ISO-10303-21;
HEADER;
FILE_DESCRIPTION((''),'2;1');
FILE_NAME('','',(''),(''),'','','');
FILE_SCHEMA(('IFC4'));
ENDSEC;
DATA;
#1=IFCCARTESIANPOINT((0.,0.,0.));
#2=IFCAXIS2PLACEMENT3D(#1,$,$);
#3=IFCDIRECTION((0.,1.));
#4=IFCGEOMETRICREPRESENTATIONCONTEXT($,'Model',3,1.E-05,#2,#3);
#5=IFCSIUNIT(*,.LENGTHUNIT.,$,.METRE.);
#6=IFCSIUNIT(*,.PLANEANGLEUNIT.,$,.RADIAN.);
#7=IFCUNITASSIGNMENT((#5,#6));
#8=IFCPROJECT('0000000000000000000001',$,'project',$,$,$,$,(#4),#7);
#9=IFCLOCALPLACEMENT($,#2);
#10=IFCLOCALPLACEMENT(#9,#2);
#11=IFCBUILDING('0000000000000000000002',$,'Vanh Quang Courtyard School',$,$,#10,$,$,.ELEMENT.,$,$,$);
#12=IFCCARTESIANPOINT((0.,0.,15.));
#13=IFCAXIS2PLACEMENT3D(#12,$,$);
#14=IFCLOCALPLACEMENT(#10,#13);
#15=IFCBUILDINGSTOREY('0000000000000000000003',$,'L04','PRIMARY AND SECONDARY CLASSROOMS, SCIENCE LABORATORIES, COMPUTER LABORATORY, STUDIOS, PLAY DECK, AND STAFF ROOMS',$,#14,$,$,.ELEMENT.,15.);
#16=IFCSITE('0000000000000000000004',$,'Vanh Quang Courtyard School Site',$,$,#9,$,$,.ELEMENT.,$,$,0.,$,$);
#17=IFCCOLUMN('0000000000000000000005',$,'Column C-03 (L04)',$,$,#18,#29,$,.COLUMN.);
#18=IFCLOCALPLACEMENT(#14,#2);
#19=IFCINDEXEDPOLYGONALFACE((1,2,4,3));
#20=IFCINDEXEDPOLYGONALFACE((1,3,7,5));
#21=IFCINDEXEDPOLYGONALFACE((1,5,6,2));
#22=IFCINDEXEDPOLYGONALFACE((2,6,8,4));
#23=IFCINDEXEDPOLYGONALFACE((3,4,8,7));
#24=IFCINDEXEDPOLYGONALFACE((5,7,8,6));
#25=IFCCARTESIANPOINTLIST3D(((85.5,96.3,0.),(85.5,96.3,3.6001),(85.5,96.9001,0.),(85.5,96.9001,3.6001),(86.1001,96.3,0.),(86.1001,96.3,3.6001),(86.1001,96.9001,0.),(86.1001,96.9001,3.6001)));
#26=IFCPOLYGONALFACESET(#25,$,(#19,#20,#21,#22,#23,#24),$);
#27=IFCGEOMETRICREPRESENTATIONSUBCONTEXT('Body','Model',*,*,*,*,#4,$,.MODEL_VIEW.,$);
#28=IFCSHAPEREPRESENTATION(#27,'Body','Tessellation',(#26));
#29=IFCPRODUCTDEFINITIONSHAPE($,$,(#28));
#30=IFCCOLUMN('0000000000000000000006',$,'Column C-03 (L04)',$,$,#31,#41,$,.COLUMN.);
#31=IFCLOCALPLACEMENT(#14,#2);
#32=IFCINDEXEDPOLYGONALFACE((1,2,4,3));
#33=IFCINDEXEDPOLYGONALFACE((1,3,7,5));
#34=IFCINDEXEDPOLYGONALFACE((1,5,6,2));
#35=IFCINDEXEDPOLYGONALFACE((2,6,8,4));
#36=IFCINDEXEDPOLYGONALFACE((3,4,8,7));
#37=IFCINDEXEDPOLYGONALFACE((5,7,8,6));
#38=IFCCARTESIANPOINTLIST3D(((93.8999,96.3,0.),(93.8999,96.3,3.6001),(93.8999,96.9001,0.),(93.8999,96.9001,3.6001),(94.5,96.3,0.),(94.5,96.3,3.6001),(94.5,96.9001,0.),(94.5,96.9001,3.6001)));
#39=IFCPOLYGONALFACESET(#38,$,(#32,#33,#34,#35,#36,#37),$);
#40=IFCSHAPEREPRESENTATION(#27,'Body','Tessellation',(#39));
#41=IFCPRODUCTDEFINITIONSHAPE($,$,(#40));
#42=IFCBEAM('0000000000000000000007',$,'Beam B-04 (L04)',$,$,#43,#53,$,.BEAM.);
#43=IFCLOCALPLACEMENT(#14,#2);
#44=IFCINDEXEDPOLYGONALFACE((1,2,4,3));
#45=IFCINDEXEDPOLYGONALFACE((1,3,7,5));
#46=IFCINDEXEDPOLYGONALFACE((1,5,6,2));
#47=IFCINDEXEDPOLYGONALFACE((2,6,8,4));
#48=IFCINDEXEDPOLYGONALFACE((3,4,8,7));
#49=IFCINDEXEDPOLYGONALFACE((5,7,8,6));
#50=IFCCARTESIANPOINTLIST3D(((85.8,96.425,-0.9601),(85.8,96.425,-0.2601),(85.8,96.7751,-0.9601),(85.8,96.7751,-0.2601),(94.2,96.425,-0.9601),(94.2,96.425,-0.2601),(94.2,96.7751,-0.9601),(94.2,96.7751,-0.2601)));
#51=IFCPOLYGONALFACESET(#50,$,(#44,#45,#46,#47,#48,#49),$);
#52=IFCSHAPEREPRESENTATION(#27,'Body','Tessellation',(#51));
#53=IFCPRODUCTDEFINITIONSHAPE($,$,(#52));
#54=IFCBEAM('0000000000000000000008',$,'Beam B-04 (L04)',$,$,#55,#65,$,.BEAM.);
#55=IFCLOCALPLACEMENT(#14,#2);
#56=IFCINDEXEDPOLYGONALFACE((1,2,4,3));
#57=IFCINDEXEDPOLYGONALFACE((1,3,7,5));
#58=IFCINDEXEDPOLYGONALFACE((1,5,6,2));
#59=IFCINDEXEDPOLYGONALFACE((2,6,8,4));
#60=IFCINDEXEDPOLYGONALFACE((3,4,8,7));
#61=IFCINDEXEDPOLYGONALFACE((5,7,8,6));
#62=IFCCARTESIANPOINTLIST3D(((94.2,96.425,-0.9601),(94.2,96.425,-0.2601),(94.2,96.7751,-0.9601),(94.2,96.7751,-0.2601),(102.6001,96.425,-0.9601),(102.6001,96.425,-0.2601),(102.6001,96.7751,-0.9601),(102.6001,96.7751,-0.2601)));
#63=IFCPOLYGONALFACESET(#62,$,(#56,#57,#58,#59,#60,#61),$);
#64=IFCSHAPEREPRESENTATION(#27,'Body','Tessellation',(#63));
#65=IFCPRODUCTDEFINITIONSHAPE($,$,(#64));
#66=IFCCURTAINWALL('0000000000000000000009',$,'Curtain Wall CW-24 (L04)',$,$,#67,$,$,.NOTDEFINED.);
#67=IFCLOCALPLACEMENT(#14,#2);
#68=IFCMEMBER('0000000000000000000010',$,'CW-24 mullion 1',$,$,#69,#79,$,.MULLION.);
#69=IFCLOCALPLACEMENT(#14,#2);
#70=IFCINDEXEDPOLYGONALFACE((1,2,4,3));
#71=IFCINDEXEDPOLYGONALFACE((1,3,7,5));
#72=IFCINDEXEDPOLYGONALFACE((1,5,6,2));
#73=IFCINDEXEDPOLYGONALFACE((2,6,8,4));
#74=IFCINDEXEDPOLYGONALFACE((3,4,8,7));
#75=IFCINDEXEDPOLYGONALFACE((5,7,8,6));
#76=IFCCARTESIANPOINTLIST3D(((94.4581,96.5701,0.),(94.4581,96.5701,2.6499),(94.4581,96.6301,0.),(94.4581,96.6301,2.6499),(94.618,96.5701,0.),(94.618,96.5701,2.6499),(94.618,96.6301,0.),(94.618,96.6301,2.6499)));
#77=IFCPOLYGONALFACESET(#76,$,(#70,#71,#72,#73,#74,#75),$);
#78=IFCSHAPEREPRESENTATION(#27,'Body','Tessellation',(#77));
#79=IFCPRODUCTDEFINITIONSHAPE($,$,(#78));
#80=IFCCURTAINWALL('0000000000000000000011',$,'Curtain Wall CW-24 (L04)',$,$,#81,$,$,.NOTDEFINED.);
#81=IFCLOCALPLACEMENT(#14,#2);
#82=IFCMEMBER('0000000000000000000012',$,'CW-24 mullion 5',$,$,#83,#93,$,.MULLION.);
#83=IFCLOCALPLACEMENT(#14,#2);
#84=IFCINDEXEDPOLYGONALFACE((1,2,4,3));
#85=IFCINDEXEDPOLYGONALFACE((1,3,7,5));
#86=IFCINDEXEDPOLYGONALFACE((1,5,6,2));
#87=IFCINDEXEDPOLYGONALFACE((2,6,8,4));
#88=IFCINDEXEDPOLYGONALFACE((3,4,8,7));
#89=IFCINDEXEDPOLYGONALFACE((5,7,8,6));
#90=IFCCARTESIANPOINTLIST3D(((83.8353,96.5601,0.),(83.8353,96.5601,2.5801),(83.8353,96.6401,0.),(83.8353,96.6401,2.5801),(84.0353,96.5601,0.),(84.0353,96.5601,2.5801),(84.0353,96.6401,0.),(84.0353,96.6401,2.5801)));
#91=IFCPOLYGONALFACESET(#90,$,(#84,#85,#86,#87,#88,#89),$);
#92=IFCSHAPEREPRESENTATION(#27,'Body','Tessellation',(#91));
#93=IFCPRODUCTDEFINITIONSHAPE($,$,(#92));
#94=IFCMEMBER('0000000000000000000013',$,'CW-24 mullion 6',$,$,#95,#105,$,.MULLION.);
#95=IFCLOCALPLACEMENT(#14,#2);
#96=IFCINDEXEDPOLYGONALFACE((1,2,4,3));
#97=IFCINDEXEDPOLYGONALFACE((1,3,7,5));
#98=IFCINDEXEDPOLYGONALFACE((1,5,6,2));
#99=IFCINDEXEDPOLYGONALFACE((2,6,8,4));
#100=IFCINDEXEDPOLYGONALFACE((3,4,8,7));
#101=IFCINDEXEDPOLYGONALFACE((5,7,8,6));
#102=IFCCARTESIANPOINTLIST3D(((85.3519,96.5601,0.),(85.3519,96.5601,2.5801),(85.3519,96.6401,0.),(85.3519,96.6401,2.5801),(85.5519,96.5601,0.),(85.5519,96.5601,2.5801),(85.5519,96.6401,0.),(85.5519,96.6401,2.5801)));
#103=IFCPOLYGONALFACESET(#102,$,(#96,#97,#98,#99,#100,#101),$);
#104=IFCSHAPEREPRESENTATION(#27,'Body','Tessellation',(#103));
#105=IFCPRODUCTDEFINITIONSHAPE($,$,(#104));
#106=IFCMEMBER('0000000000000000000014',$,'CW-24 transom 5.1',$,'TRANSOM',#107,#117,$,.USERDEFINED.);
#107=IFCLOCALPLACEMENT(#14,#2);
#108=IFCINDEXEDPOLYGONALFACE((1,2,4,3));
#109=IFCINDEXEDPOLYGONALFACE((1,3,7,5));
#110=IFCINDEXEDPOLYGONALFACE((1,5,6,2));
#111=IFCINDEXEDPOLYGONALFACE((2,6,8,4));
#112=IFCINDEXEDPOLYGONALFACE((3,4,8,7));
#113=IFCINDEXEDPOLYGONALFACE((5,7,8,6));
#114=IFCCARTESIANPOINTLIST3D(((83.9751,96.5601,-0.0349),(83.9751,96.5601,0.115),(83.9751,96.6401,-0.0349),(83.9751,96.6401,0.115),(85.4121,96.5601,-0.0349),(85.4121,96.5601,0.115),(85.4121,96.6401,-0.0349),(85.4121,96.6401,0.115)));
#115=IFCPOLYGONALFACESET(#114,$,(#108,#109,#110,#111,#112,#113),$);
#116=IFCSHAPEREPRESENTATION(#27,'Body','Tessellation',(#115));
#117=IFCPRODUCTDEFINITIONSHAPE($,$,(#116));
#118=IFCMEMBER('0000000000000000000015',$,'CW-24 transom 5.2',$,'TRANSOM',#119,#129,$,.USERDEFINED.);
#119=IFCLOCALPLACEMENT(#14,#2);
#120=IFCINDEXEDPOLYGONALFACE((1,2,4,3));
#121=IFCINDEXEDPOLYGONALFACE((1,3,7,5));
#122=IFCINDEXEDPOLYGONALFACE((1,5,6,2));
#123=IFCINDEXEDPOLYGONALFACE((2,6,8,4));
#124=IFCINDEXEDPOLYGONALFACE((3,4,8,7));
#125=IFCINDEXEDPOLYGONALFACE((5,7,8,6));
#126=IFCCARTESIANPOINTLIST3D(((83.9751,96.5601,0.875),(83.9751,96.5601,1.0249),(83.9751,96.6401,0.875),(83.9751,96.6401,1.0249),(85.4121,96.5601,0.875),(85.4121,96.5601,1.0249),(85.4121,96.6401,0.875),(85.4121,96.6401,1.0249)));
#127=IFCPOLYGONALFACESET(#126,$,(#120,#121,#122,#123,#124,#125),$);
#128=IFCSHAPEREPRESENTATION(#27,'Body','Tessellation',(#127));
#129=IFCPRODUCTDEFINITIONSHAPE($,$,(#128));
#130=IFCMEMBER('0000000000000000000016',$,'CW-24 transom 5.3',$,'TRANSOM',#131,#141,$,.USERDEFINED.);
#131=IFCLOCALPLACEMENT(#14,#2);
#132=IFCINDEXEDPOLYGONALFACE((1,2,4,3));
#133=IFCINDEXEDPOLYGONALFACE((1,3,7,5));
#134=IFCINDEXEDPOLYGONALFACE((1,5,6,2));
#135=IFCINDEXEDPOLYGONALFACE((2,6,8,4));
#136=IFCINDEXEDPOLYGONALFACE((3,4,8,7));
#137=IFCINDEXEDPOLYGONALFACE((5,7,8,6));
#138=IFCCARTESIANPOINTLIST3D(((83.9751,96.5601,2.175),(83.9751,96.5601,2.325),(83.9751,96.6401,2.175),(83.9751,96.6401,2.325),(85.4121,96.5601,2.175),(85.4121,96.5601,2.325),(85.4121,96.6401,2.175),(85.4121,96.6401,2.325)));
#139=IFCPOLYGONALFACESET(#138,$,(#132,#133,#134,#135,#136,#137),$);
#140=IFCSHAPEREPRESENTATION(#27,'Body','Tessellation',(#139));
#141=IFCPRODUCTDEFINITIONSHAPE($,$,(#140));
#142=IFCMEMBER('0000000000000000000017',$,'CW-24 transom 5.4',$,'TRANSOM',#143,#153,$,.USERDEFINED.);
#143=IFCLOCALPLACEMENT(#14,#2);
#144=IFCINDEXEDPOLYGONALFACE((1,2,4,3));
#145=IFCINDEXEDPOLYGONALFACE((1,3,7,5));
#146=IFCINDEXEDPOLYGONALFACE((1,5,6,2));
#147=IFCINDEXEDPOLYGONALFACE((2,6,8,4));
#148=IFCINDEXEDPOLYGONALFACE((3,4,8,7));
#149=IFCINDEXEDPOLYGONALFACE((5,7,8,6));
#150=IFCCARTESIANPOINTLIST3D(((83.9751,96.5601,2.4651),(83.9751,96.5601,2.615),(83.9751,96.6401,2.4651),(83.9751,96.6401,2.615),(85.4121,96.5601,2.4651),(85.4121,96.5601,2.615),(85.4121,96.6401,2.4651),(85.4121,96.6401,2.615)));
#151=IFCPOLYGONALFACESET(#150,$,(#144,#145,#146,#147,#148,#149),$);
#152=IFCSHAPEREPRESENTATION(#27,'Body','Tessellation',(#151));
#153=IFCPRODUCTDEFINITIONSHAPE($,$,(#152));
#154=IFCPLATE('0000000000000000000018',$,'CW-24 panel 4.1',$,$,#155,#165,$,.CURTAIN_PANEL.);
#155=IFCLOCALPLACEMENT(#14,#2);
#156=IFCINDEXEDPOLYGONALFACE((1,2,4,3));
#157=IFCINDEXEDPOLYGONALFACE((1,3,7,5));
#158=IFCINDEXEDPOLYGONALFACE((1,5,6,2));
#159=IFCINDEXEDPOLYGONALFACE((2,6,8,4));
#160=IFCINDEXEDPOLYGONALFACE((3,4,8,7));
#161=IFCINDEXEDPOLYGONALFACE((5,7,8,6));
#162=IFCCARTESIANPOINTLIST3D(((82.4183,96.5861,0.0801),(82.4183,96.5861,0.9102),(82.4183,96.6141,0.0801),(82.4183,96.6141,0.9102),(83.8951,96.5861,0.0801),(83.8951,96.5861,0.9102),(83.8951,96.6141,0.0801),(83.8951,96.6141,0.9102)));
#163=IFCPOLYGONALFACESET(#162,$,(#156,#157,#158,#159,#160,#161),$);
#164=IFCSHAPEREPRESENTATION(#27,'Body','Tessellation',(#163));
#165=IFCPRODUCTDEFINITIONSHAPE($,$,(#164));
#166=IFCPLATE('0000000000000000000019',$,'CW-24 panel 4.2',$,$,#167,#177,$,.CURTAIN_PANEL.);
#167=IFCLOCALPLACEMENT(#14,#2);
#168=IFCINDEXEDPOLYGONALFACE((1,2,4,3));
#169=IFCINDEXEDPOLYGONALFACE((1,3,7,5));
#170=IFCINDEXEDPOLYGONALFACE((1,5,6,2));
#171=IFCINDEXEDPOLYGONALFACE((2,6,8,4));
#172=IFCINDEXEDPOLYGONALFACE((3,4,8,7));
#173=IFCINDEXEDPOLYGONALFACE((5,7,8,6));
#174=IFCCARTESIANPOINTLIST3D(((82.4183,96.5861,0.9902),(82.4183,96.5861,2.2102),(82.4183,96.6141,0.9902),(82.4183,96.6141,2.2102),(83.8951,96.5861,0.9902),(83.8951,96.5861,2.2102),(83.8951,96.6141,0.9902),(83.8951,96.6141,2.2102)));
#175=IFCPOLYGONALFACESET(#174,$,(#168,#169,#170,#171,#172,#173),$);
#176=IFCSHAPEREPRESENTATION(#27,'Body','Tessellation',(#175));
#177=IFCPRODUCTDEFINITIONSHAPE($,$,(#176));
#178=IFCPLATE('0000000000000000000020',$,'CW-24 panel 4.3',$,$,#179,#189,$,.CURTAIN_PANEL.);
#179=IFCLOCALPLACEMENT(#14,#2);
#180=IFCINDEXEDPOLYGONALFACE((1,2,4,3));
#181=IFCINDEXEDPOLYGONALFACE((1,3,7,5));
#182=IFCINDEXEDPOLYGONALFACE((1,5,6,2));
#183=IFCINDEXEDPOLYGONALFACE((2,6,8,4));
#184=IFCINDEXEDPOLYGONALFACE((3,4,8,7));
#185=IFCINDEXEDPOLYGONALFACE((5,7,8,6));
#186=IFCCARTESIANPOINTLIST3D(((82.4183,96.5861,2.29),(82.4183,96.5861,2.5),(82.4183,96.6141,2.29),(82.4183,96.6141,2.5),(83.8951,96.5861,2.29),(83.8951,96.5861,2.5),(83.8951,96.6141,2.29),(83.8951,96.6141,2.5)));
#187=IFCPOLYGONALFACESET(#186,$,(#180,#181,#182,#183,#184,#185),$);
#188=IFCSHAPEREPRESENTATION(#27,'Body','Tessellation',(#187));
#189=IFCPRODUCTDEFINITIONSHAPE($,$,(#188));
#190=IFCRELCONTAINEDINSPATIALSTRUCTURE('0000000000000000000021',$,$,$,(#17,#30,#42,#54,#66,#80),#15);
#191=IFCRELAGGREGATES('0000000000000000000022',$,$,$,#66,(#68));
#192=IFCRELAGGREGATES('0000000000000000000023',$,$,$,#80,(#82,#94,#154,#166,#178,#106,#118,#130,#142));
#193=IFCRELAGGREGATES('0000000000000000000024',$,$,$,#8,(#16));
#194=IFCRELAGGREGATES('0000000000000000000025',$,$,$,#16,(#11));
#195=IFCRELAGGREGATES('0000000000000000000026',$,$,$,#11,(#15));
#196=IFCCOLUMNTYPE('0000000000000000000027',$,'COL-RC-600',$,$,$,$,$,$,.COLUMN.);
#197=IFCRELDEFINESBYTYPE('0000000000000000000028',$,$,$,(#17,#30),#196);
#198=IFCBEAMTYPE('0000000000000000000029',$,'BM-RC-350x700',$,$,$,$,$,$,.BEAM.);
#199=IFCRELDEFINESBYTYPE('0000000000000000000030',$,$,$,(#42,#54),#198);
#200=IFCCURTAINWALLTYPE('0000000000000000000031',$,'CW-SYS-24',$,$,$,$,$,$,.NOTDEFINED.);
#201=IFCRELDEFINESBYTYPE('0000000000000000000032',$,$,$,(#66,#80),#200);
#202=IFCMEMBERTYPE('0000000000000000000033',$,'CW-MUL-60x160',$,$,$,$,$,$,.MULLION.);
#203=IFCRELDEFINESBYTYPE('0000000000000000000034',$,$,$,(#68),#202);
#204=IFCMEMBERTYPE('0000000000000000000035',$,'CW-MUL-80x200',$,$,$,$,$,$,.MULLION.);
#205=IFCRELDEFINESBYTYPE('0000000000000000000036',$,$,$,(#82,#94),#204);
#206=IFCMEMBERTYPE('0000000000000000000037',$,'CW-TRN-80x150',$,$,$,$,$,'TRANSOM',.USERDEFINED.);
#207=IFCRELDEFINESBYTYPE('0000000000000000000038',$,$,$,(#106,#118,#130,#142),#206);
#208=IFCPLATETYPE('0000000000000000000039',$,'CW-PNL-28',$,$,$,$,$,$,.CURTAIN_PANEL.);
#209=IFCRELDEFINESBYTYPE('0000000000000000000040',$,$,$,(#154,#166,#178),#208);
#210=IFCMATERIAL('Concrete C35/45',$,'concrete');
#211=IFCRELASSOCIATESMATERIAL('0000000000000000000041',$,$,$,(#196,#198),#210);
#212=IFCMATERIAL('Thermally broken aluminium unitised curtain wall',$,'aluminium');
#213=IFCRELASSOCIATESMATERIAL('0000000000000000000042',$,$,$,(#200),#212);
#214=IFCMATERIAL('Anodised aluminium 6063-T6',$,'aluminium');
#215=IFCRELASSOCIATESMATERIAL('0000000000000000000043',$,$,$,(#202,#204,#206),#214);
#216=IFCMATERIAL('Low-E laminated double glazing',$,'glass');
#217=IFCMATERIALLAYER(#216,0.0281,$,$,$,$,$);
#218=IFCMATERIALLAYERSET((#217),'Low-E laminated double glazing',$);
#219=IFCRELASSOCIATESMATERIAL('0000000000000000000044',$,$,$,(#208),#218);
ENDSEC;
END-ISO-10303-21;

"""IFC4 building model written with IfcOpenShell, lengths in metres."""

from ifc_helpers import new_model, si_unit, direction, frame, origin, origin_2d, place, context, subcontext, project, spatial, rectangle, extrude, material, layer, layer_set, material_profile, profile_set, type_object, element, aggregate, save


model = new_model("IFC4")

# Units and contexts
model_context = context("Model", 3, precision=1e-05, world=origin(), true_north=direction((0.0, 1.0)))
body_context = subcontext(model_context, "Body", "Model", "MODEL_VIEW")
ifc_project = project(units=[si_unit("LENGTHUNIT", "METRE"), si_unit("PLANEANGLEUNIT", "RADIAN")], contexts=[model_context])

# Site, building, storey
site_placement = place(None, origin())
site = spatial("IfcSite", under=ifc_project, at=site_placement, Name="Vanh Quang Courtyard School Site", CompositionType="ELEMENT", RefElevation=0.0)
building_placement = place(site_placement, origin())
building = spatial("IfcBuilding", under=site, at=building_placement, Name="Vanh Quang Courtyard School", CompositionType="ELEMENT")
storey_placement = place(building_placement, frame((0.0, 0.0, 15.0)))
storey = spatial("IfcBuildingStorey", under=building, at=storey_placement, Name="L04", Description="PRIMARY AND SECONDARY CLASSROOMS, SCIENCE LABORATORIES, COMPUTER LABORATORY, STUDIOS, PLAY DECK, AND STAFF ROOMS", CompositionType="ELEMENT", Elevation=15.0)

# Columns
ifc_material_1 = material(Name="Concrete C35/45", Category="concrete")
ifc_material_profile_1 = material_profile(ifc_material_1, rectangle(XDim=0.6001, YDim=0.6001, at=origin_2d()), Name="RC-COL 600x600")
ifc_profile_set_1 = profile_set([ifc_material_profile_1], Name="Concrete C35/45")
column_type = type_object("IfcColumnType", Name="COL-RC-600", PredefinedType="COLUMN", material=ifc_profile_set_1)
for number, where, z_axis, x_axis, name in (
    (1, (85.8, 96.6001, 0.0), (0.0, 0.0, 1.0), (1.0, 0.0, 0.0), "Column C-03 (L04)"),
    (2, (94.2, 96.6001, 0.0), (0.0, 0.0, 1.0), (1.0, 0.0, 0.0), "Column C-03 (L04)"),
):
    element("IfcColumn", number, at=place(storey_placement, frame(where, z_axis=z_axis, x_axis=x_axis)), inside=storey, type_object=column_type, Name=name, PredefinedType="COLUMN", context=body_context, shape_type="SweptSolid", body=[
        extrude(rectangle(XDim=0.6001, YDim=0.6001, at=origin_2d()), origin(), (0.0, 0.0, 1.0), 3.6001),
    ])

# Beams
ifc_material_profile_2 = material_profile(ifc_material_1, rectangle(XDim=0.3501, YDim=0.7, at=origin_2d()), Name="RC-BM 350x700")
ifc_profile_set_2 = profile_set([ifc_material_profile_2], Name="Concrete C35/45")
beam_type = type_object("IfcBeamType", Name="BM-RC-350x700", PredefinedType="BEAM", material=ifc_profile_set_2)
beam_1_placement = place(storey_placement, frame((85.8, 96.6001, -0.6101), z_axis=(1.0, 0.0, 0.0), x_axis=(0.0, 1.0, 0.0)))
element("IfcBeam", 3, at=beam_1_placement, inside=storey, type_object=beam_type, Name="Beam B-04 (L04)", PredefinedType="BEAM", context=body_context, shape_type="SweptSolid", body=[
    extrude(rectangle(XDim=0.3501, YDim=0.7, at=origin_2d()), origin(), (0.0, 0.0, 1.0), 8.3999),
])
beam_2_placement = place(storey_placement, frame((94.2, 96.6001, -0.6101), z_axis=(1.0, 0.0, 0.0), x_axis=(0.0, 1.0, 0.0)))
element("IfcBeam", 4, at=beam_2_placement, inside=storey, type_object=beam_type, Name="Beam B-04 (L04)", PredefinedType="BEAM", context=body_context, shape_type="SweptSolid", body=[
    extrude(rectangle(XDim=0.3501, YDim=0.7, at=origin_2d()), origin(), (0.0, 0.0, 1.0), 8.4001),
])

# Curtain wall, member
ifc_material_2 = material(Name="Thermally broken aluminium unitised curtain wall", Category="aluminium")
curtain_wall_type = type_object("IfcCurtainWallType", Name="CW-SYS-24", PredefinedType="NOTDEFINED", material=ifc_material_2)
curtain_wall_1_placement = place(storey_placement, origin())
curtain_wall_1 = element("IfcCurtainWall", 5, at=curtain_wall_1_placement, inside=storey, type_object=curtain_wall_type, Name="Curtain Wall CW-24 (L04)", PredefinedType="NOTDEFINED")
ifc_material_3 = material(Name="Anodised aluminium 6063-T6", Category="aluminium")
ifc_material_profile_3 = material_profile(ifc_material_3, rectangle(XDim=0.0601, YDim=0.1599, at=origin_2d()), Name="ALU-MUL 60x160")
ifc_profile_set_3 = profile_set([ifc_material_profile_3], Name="Anodised aluminium 6063-T6")
member_type_1 = type_object("IfcMemberType", Name="CW-MUL-60x160", PredefinedType="MULLION", material=ifc_profile_set_3)
member_1_placement = place(storey_placement, frame((94.5381, 96.6001, 0.0), z_axis=(0.0, 0.0, 1.0), x_axis=(0.0, 1.0, 0.0)))
member_1 = element("IfcMember", 6, at=member_1_placement, type_object=member_type_1, Name="CW-24 mullion 1", PredefinedType="MULLION", context=body_context, shape_type="SweptSolid", body=[
    extrude(rectangle(XDim=0.0601, YDim=0.1599, at=origin_2d()), origin(), (0.0, 0.0, 1.0), 2.6499),
])
aggregate(curtain_wall_1, [member_1])

# Curtain wall, members, plates
curtain_wall_2_placement = place(storey_placement, origin())
curtain_wall_2 = element("IfcCurtainWall", 7, at=curtain_wall_2_placement, inside=storey, type_object=curtain_wall_type, Name="Curtain Wall CW-24 (L04)", PredefinedType="NOTDEFINED")
ifc_material_profile_4 = material_profile(ifc_material_3, rectangle(XDim=0.0801, YDim=0.2, at=origin_2d()), Name="ALU-MUL 80x200")
ifc_profile_set_4 = profile_set([ifc_material_profile_4], Name="Anodised aluminium 6063-T6")
member_type_2 = type_object("IfcMemberType", Name="CW-MUL-80x200", PredefinedType="MULLION", material=ifc_profile_set_4)
member_2_placement = place(storey_placement, frame((83.9353, 96.6001, 0.0), z_axis=(0.0, 0.0, 1.0), x_axis=(0.0, 1.0, 0.0)))
member_2 = element("IfcMember", 8, at=member_2_placement, type_object=member_type_2, Name="CW-24 mullion 5", PredefinedType="MULLION", context=body_context, shape_type="SweptSolid", body=[
    extrude(rectangle(XDim=0.0801, YDim=0.2, at=origin_2d()), origin(), (0.0, 0.0, 1.0), 2.5801),
])
member_3_placement = place(storey_placement, frame((85.4519, 96.6001, 0.0), z_axis=(0.0, 0.0, 1.0), x_axis=(0.0, 1.0, 0.0)))
member_3 = element("IfcMember", 9, at=member_3_placement, type_object=member_type_2, Name="CW-24 mullion 6", PredefinedType="MULLION", context=body_context, shape_type="SweptSolid", body=[
    extrude(rectangle(XDim=0.0801, YDim=0.2, at=origin_2d()), origin(), (0.0, 0.0, 1.0), 2.5801),
])
ifc_material_profile_5 = material_profile(ifc_material_3, rectangle(XDim=0.0801, YDim=0.1499, at=origin_2d()), Name="ALU-TRN 80x150")
ifc_profile_set_5 = profile_set([ifc_material_profile_5], Name="Anodised aluminium 6063-T6")
member_type_3 = type_object("IfcMemberType", Name="CW-TRN-80x150", ElementType="TRANSOM", PredefinedType="USERDEFINED", material=ifc_profile_set_5)
member_4_placement = place(storey_placement, frame((83.9751, 96.6001, 0.04), z_axis=(1.0, 0.0, 0.0), x_axis=(0.0, 1.0, 0.0)))
member_4 = element("IfcMember", 10, at=member_4_placement, type_object=member_type_3, Name="CW-24 transom 5.1", ObjectType="TRANSOM", PredefinedType="USERDEFINED", context=body_context, shape_type="SweptSolid", body=[
    extrude(rectangle(XDim=0.0801, YDim=0.1499, at=origin_2d()), origin(), (0.0, 0.0, 1.0), 1.437),
])
member_5_placement = place(storey_placement, frame((83.9751, 96.6001, 0.95), z_axis=(1.0, 0.0, 0.0), x_axis=(0.0, 1.0, 0.0)))
member_5 = element("IfcMember", 11, at=member_5_placement, type_object=member_type_3, Name="CW-24 transom 5.2", ObjectType="TRANSOM", PredefinedType="USERDEFINED", context=body_context, shape_type="SweptSolid", body=[
    extrude(rectangle(XDim=0.0801, YDim=0.1499, at=origin_2d()), origin(), (0.0, 0.0, 1.0), 1.437),
])
member_6_placement = place(storey_placement, frame((83.9751, 96.6001, 2.25), z_axis=(1.0, 0.0, 0.0), x_axis=(0.0, 1.0, 0.0)))
member_6 = element("IfcMember", 12, at=member_6_placement, type_object=member_type_3, Name="CW-24 transom 5.3", ObjectType="TRANSOM", PredefinedType="USERDEFINED", context=body_context, shape_type="SweptSolid", body=[
    extrude(rectangle(XDim=0.0801, YDim=0.1499, at=origin_2d()), origin(), (0.0, 0.0, 1.0), 1.437),
])
member_7_placement = place(storey_placement, frame((83.9751, 96.6001, 2.54), z_axis=(1.0, 0.0, 0.0), x_axis=(0.0, 1.0, 0.0)))
member_7 = element("IfcMember", 13, at=member_7_placement, type_object=member_type_3, Name="CW-24 transom 5.4", ObjectType="TRANSOM", PredefinedType="USERDEFINED", context=body_context, shape_type="SweptSolid", body=[
    extrude(rectangle(XDim=0.0801, YDim=0.1499, at=origin_2d()), origin(), (0.0, 0.0, 1.0), 1.437),
])
ifc_material_4 = material(Name="Low-E laminated double glazing", Category="glass")
ifc_layer_1 = layer(ifc_material_4, 0.0281)
ifc_layer_set_1 = layer_set([ifc_layer_1], Name="Low-E laminated double glazing")
plate_type = type_object("IfcPlateType", Name="CW-PNL-28", PredefinedType="CURTAIN_PANEL", material=ifc_layer_set_1)
plate_1_placement = place(storey_placement, frame((83.1567, 96.6001, 0.0801), z_axis=(0.0, 0.0, 1.0), x_axis=(1.0, 0.0, 0.0)))
plate_1 = element("IfcPlate", 14, at=plate_1_placement, type_object=plate_type, Name="CW-24 panel 4.1", PredefinedType="CURTAIN_PANEL", context=body_context, shape_type="SweptSolid", body=[
    extrude(rectangle(XDim=1.4768, YDim=0.0281, at=origin_2d()), origin(), (0.0, 0.0, 1.0), 0.8301),
])
plate_2_placement = place(storey_placement, frame((83.1567, 96.6001, 0.9902), z_axis=(0.0, 0.0, 1.0), x_axis=(1.0, 0.0, 0.0)))
plate_2 = element("IfcPlate", 15, at=plate_2_placement, type_object=plate_type, Name="CW-24 panel 4.2", PredefinedType="CURTAIN_PANEL", context=body_context, shape_type="SweptSolid", body=[
    extrude(rectangle(XDim=1.4768, YDim=0.0281, at=origin_2d()), origin(), (0.0, 0.0, 1.0), 1.22),
])
plate_3_placement = place(storey_placement, frame((83.1567, 96.6001, 2.29), z_axis=(0.0, 0.0, 1.0), x_axis=(1.0, 0.0, 0.0)))
plate_3 = element("IfcPlate", 16, at=plate_3_placement, type_object=plate_type, Name="CW-24 panel 4.3", PredefinedType="CURTAIN_PANEL", context=body_context, shape_type="SweptSolid", body=[
    extrude(rectangle(XDim=1.4768, YDim=0.0281, at=origin_2d()), origin(), (0.0, 0.0, 1.0), 0.21),
])
aggregate(curtain_wall_2, [member_2, member_3, plate_1, plate_2, plate_3, member_4, member_5, member_6, member_7])

save(model, "model.ifc")
